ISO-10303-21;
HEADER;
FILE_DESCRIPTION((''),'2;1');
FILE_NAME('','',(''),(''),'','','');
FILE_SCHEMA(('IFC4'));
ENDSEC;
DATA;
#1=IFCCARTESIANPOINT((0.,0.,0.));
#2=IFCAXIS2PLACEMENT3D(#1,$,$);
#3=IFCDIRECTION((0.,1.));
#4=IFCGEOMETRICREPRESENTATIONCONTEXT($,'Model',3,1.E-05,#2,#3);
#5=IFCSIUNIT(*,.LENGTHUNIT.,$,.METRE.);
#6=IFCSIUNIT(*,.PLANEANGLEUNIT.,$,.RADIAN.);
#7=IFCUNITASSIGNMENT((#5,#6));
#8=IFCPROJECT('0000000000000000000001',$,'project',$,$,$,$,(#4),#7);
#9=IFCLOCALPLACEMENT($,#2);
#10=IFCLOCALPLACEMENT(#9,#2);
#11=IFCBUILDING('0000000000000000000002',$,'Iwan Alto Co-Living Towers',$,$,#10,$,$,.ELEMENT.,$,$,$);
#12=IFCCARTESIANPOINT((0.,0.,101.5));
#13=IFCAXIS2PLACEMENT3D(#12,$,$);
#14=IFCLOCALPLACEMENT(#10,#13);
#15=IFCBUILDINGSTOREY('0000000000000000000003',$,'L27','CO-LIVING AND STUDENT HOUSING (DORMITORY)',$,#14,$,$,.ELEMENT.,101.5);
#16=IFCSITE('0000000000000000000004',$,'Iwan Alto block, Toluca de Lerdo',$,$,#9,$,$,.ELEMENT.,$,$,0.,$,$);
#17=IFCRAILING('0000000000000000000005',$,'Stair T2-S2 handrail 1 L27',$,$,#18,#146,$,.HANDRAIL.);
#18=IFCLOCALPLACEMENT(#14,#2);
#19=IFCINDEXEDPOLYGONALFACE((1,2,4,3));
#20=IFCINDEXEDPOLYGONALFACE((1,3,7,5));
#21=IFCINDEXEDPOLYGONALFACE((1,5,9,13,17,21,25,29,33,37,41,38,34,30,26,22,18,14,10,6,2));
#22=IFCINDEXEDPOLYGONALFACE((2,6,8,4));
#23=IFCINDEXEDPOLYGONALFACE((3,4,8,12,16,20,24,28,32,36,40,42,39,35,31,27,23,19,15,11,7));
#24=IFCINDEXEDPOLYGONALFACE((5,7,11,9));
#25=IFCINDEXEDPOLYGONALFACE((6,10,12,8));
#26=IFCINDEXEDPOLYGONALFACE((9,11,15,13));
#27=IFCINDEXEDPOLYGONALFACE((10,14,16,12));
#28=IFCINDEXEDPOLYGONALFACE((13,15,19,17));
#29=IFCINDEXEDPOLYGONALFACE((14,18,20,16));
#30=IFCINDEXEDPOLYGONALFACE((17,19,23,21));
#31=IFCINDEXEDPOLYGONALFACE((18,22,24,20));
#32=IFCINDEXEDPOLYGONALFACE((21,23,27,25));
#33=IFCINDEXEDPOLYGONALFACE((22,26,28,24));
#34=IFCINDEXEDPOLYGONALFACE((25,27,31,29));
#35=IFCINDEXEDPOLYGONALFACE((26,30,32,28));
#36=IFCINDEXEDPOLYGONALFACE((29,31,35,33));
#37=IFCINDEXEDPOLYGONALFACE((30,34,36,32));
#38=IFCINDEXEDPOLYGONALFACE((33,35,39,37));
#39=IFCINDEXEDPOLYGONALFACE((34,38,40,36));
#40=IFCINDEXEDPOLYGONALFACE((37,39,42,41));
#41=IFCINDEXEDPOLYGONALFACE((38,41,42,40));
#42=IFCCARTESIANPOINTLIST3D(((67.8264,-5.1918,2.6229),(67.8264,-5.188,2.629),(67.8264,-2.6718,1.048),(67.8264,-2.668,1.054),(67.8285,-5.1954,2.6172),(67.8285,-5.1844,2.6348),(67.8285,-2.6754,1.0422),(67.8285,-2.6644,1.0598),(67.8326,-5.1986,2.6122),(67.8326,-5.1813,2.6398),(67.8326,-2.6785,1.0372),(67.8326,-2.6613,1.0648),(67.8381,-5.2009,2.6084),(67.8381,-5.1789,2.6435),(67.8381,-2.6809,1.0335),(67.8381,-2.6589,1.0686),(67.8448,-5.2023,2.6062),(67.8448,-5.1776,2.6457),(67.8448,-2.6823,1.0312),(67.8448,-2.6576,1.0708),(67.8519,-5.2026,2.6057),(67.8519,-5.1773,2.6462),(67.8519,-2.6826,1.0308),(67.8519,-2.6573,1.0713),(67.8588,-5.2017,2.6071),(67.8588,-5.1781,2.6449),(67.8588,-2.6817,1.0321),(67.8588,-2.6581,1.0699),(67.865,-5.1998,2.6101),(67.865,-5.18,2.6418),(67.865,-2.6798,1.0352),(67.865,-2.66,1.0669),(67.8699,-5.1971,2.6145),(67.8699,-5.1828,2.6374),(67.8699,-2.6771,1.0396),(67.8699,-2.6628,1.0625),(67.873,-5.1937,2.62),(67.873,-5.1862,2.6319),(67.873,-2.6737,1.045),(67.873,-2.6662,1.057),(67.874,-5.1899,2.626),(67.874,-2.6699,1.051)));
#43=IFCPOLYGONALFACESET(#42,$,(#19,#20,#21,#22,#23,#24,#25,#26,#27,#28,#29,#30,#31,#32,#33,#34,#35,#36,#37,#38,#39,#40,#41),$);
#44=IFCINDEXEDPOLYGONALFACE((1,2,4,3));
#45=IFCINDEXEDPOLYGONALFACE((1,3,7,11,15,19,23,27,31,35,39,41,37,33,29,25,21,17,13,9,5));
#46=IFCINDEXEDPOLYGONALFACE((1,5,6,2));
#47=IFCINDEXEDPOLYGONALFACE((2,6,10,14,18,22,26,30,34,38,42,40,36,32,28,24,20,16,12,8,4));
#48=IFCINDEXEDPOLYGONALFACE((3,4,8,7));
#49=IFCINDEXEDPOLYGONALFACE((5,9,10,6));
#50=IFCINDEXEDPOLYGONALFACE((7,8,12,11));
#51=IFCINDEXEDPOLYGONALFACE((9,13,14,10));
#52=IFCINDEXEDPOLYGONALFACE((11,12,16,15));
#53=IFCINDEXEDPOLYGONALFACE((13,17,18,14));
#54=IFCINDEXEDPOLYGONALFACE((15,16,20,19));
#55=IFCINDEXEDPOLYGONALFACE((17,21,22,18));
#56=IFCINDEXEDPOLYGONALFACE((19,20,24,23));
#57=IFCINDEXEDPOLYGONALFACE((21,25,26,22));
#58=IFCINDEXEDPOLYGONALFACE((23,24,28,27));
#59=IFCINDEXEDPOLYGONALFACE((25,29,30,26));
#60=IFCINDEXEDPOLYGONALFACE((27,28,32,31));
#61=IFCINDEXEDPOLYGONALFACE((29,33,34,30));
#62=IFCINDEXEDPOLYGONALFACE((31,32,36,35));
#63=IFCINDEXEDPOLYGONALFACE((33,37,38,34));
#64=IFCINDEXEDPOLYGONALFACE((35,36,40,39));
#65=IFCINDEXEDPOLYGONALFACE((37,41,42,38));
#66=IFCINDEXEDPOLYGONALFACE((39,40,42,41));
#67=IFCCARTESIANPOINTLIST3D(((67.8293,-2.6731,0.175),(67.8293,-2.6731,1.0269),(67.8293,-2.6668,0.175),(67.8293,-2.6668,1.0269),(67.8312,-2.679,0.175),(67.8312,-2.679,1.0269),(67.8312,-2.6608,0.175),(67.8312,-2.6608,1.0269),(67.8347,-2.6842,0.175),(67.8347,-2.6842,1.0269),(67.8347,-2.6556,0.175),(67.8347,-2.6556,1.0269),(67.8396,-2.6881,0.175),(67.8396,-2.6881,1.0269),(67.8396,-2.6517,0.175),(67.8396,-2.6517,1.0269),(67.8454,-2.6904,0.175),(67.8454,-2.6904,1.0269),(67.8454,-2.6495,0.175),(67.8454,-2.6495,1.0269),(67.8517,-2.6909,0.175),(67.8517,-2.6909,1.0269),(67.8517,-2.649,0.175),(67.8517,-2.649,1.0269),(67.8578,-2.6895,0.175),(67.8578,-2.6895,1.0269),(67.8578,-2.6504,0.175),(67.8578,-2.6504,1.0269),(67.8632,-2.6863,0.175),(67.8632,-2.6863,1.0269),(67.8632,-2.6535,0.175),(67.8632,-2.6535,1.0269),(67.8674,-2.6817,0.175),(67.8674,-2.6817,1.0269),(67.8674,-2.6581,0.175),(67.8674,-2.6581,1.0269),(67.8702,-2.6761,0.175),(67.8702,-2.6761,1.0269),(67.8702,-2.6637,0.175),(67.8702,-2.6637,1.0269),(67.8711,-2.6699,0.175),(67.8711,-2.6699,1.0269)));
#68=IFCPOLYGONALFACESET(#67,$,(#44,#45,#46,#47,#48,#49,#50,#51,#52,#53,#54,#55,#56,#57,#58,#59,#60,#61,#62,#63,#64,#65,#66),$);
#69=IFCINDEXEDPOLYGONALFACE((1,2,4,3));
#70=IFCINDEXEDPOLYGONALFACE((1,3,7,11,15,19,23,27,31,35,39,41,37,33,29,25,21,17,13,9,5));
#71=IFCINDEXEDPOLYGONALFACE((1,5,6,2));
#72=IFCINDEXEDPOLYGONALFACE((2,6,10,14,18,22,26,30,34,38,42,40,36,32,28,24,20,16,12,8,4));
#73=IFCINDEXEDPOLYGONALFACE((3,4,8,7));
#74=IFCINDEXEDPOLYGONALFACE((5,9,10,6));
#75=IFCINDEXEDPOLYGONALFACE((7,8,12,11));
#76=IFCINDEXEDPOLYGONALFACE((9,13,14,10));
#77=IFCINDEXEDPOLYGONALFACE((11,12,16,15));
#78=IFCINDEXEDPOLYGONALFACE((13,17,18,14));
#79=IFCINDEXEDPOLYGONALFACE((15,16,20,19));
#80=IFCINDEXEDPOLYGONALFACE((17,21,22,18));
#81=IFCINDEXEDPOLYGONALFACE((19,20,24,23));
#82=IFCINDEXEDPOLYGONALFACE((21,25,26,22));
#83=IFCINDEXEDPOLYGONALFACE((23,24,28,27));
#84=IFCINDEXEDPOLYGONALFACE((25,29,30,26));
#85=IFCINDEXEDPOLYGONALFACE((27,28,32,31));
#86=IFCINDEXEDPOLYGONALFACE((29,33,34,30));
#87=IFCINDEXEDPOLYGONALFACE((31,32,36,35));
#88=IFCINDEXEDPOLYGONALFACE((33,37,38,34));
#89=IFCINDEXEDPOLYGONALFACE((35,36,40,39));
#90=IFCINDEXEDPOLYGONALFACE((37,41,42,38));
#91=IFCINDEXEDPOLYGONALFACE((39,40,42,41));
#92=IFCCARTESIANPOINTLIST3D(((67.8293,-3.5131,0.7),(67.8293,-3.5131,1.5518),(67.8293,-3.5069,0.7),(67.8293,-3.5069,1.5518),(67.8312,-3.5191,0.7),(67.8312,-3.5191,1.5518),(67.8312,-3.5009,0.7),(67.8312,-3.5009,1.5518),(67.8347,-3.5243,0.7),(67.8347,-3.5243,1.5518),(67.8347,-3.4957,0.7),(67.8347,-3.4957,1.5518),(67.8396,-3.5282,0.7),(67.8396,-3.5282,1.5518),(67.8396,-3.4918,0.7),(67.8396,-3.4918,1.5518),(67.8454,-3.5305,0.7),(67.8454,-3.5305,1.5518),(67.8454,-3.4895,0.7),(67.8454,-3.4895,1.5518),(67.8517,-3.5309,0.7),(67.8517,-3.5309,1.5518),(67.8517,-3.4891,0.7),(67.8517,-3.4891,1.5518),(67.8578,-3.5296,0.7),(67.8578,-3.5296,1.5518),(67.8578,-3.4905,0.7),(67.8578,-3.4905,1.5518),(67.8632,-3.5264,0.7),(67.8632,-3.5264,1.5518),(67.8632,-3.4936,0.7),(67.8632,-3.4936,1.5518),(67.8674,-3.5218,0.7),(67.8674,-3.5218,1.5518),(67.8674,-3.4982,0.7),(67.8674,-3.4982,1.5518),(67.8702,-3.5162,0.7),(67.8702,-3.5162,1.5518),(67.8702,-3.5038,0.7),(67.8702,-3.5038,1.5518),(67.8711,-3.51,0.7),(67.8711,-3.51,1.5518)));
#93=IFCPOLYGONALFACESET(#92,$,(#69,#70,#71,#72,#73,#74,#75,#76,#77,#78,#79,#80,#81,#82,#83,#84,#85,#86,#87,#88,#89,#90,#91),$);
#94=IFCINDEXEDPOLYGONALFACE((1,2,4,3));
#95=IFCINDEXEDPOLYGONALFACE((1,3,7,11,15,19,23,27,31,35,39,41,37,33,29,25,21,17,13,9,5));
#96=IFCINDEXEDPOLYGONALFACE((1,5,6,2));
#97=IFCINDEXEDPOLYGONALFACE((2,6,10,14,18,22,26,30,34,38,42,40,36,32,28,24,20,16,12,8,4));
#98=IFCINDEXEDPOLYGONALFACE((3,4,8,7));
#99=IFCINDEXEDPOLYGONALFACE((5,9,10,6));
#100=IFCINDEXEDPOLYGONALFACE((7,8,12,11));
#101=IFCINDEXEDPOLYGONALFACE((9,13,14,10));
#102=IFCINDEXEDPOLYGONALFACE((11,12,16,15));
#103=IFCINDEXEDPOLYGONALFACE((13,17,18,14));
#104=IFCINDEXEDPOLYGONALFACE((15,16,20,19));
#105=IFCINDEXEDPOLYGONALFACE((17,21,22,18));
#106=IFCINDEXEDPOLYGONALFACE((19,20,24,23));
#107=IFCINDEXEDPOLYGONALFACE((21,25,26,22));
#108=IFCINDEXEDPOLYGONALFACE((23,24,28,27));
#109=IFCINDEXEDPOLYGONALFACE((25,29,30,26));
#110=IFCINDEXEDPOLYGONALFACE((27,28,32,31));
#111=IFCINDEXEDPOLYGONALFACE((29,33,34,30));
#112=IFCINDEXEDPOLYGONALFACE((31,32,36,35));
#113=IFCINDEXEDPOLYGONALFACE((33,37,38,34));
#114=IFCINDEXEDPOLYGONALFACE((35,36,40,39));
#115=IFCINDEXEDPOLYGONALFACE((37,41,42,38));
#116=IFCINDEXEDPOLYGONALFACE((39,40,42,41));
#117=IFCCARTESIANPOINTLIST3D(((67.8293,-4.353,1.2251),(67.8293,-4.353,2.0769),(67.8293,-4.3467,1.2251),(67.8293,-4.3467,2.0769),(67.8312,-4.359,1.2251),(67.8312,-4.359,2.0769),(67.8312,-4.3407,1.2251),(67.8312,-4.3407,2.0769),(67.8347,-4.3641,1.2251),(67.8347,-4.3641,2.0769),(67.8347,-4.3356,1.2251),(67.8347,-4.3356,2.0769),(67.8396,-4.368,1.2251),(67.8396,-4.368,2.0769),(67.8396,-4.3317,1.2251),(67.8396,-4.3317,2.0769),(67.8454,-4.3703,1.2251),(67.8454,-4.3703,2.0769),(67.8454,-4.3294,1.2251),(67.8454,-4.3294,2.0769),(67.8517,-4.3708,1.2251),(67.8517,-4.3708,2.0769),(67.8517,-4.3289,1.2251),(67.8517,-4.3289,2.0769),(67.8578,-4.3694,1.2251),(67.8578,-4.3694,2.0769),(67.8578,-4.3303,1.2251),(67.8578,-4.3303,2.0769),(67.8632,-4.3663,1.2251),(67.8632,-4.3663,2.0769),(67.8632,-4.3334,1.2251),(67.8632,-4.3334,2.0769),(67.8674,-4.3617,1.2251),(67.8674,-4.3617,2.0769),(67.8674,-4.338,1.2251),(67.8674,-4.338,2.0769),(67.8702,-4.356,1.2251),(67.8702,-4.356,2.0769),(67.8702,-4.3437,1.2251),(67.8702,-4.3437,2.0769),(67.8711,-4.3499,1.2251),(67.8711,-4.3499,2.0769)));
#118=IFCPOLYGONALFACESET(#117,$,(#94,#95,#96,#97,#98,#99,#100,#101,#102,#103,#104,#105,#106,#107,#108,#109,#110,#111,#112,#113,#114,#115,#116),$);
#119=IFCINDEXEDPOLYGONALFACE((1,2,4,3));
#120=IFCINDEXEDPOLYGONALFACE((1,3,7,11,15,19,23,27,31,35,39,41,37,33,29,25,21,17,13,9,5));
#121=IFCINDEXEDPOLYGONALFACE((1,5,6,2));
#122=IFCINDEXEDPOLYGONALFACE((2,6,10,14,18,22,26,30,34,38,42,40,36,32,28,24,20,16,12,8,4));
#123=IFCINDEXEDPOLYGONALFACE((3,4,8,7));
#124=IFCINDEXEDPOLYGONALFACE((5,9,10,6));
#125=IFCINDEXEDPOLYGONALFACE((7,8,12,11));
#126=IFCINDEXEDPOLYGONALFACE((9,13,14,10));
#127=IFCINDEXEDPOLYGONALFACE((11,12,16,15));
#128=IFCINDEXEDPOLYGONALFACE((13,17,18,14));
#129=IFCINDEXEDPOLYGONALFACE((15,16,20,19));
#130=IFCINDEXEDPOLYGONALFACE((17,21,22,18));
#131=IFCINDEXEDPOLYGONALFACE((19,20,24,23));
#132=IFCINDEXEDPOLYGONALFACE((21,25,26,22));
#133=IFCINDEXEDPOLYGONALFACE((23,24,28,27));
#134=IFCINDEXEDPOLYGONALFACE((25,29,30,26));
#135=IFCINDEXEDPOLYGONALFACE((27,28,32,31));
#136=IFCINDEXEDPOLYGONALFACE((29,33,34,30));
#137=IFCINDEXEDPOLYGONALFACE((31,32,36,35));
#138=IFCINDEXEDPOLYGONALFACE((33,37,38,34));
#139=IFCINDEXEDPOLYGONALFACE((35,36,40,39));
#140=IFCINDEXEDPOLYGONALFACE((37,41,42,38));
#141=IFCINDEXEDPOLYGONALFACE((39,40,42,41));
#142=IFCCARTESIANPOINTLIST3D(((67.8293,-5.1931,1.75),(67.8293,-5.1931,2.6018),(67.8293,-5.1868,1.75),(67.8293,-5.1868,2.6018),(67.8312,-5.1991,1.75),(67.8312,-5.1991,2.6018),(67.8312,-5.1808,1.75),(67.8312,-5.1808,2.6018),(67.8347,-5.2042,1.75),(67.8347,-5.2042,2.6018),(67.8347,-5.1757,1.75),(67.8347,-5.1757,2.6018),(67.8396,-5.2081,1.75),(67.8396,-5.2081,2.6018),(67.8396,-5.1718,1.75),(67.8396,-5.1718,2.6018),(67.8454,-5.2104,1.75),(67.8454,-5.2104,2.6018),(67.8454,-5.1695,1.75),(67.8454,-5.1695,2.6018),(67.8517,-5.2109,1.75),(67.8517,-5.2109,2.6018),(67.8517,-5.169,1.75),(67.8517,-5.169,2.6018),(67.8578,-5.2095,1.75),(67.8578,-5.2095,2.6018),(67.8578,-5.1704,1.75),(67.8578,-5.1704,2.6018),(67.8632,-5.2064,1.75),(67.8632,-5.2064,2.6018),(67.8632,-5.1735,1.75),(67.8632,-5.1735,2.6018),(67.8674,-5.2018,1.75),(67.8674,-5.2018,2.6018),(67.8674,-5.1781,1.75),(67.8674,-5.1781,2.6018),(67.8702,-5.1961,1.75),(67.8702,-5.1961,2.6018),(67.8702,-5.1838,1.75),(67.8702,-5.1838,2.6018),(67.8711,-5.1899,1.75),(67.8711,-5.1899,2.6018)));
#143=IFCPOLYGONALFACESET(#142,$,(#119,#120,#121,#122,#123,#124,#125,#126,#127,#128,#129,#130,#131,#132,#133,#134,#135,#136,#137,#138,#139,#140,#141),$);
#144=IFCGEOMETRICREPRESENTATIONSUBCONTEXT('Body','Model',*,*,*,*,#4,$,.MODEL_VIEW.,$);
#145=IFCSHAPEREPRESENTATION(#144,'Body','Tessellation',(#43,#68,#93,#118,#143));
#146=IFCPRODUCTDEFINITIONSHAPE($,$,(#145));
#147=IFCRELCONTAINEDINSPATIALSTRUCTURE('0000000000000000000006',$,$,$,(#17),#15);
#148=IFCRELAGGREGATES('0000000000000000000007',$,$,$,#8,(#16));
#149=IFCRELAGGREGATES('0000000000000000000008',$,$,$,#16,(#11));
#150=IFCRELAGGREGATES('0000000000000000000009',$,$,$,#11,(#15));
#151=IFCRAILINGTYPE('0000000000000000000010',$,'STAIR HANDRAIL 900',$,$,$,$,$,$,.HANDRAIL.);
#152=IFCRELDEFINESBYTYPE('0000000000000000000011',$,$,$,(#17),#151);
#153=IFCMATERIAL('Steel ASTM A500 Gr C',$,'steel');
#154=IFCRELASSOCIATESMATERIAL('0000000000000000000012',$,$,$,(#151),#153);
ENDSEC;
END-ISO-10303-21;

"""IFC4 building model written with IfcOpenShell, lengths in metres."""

from ifc_helpers import new_model, si_unit, direction, frame, origin, origin_2d, place, context, subcontext, project, spatial, circle, extrude, material, type_object, element, save


model = new_model("IFC4")

# Units and contexts
model_context = context("Model", 3, precision=1e-05, world=origin(), true_north=direction((0.0, 1.0)))
body_context = subcontext(model_context, "Body", "Model", "MODEL_VIEW")
ifc_project = project(units=[si_unit("LENGTHUNIT", "METRE"), si_unit("PLANEANGLEUNIT", "RADIAN")], contexts=[model_context])

# Site, building, storey
site_placement = place(None, origin())
site = spatial("IfcSite", under=ifc_project, at=site_placement, Name="Iwan Alto block, Toluca de Lerdo", CompositionType="ELEMENT", RefElevation=0.0)
building_placement = place(site_placement, origin())
building = spatial("IfcBuilding", under=site, at=building_placement, Name="Iwan Alto Co-Living Towers", CompositionType="ELEMENT")
storey_placement = place(building_placement, frame((0.0, 0.0, 101.5)))
storey = spatial("IfcBuildingStorey", under=building, at=storey_placement, Name="L27", Description="CO-LIVING AND STUDENT HOUSING (DORMITORY)", CompositionType="ELEMENT", Elevation=101.5)

# Railing
ifc_material_1 = material(Name="Steel ASTM A500 Gr C", Category="steel")
railing_type_1 = type_object("IfcRailingType", Name="STAIR HANDRAIL 900", PredefinedType="HANDRAIL", material=ifc_material_1)
railing_1_placement = place(storey_placement, frame((67.8501, -2.6699, 0.175)))
element("IfcRailing", 1, at=railing_1_placement, inside=storey, type_object=railing_type_1, Name="Stair T2-S2 handrail 1 L27", PredefinedType="HANDRAIL", context=body_context, shape_type="SweptSolid", body=[
    extrude(circle(Radius=0.0239, at=origin_2d()), frame((0.0, 0.0, 0.876), z_axis=(0.0, -0.848008, 0.529984), x_axis=(1.0, 0.0, 0.0)), (0.0, 0.0, 1.0), 2.9717),
    extrude(circle(Radius=0.021, at=origin_2d()), origin(), (0.0, 0.0, 1.0), 0.8518),
    extrude(circle(Radius=0.021, at=origin_2d()), frame((0.0, -0.8401, 0.5249)), (0.0, 0.0, 1.0), 0.8518),
    extrude(circle(Radius=0.021, at=origin_2d()), frame((0.0, -1.6799, 1.05)), (0.0, 0.0, 1.0), 0.8518),
    extrude(circle(Radius=0.021, at=origin_2d()), frame((0.0, -2.52, 1.575)), (0.0, 0.0, 1.0), 0.8518),
])

save(model, "model.ifc")
